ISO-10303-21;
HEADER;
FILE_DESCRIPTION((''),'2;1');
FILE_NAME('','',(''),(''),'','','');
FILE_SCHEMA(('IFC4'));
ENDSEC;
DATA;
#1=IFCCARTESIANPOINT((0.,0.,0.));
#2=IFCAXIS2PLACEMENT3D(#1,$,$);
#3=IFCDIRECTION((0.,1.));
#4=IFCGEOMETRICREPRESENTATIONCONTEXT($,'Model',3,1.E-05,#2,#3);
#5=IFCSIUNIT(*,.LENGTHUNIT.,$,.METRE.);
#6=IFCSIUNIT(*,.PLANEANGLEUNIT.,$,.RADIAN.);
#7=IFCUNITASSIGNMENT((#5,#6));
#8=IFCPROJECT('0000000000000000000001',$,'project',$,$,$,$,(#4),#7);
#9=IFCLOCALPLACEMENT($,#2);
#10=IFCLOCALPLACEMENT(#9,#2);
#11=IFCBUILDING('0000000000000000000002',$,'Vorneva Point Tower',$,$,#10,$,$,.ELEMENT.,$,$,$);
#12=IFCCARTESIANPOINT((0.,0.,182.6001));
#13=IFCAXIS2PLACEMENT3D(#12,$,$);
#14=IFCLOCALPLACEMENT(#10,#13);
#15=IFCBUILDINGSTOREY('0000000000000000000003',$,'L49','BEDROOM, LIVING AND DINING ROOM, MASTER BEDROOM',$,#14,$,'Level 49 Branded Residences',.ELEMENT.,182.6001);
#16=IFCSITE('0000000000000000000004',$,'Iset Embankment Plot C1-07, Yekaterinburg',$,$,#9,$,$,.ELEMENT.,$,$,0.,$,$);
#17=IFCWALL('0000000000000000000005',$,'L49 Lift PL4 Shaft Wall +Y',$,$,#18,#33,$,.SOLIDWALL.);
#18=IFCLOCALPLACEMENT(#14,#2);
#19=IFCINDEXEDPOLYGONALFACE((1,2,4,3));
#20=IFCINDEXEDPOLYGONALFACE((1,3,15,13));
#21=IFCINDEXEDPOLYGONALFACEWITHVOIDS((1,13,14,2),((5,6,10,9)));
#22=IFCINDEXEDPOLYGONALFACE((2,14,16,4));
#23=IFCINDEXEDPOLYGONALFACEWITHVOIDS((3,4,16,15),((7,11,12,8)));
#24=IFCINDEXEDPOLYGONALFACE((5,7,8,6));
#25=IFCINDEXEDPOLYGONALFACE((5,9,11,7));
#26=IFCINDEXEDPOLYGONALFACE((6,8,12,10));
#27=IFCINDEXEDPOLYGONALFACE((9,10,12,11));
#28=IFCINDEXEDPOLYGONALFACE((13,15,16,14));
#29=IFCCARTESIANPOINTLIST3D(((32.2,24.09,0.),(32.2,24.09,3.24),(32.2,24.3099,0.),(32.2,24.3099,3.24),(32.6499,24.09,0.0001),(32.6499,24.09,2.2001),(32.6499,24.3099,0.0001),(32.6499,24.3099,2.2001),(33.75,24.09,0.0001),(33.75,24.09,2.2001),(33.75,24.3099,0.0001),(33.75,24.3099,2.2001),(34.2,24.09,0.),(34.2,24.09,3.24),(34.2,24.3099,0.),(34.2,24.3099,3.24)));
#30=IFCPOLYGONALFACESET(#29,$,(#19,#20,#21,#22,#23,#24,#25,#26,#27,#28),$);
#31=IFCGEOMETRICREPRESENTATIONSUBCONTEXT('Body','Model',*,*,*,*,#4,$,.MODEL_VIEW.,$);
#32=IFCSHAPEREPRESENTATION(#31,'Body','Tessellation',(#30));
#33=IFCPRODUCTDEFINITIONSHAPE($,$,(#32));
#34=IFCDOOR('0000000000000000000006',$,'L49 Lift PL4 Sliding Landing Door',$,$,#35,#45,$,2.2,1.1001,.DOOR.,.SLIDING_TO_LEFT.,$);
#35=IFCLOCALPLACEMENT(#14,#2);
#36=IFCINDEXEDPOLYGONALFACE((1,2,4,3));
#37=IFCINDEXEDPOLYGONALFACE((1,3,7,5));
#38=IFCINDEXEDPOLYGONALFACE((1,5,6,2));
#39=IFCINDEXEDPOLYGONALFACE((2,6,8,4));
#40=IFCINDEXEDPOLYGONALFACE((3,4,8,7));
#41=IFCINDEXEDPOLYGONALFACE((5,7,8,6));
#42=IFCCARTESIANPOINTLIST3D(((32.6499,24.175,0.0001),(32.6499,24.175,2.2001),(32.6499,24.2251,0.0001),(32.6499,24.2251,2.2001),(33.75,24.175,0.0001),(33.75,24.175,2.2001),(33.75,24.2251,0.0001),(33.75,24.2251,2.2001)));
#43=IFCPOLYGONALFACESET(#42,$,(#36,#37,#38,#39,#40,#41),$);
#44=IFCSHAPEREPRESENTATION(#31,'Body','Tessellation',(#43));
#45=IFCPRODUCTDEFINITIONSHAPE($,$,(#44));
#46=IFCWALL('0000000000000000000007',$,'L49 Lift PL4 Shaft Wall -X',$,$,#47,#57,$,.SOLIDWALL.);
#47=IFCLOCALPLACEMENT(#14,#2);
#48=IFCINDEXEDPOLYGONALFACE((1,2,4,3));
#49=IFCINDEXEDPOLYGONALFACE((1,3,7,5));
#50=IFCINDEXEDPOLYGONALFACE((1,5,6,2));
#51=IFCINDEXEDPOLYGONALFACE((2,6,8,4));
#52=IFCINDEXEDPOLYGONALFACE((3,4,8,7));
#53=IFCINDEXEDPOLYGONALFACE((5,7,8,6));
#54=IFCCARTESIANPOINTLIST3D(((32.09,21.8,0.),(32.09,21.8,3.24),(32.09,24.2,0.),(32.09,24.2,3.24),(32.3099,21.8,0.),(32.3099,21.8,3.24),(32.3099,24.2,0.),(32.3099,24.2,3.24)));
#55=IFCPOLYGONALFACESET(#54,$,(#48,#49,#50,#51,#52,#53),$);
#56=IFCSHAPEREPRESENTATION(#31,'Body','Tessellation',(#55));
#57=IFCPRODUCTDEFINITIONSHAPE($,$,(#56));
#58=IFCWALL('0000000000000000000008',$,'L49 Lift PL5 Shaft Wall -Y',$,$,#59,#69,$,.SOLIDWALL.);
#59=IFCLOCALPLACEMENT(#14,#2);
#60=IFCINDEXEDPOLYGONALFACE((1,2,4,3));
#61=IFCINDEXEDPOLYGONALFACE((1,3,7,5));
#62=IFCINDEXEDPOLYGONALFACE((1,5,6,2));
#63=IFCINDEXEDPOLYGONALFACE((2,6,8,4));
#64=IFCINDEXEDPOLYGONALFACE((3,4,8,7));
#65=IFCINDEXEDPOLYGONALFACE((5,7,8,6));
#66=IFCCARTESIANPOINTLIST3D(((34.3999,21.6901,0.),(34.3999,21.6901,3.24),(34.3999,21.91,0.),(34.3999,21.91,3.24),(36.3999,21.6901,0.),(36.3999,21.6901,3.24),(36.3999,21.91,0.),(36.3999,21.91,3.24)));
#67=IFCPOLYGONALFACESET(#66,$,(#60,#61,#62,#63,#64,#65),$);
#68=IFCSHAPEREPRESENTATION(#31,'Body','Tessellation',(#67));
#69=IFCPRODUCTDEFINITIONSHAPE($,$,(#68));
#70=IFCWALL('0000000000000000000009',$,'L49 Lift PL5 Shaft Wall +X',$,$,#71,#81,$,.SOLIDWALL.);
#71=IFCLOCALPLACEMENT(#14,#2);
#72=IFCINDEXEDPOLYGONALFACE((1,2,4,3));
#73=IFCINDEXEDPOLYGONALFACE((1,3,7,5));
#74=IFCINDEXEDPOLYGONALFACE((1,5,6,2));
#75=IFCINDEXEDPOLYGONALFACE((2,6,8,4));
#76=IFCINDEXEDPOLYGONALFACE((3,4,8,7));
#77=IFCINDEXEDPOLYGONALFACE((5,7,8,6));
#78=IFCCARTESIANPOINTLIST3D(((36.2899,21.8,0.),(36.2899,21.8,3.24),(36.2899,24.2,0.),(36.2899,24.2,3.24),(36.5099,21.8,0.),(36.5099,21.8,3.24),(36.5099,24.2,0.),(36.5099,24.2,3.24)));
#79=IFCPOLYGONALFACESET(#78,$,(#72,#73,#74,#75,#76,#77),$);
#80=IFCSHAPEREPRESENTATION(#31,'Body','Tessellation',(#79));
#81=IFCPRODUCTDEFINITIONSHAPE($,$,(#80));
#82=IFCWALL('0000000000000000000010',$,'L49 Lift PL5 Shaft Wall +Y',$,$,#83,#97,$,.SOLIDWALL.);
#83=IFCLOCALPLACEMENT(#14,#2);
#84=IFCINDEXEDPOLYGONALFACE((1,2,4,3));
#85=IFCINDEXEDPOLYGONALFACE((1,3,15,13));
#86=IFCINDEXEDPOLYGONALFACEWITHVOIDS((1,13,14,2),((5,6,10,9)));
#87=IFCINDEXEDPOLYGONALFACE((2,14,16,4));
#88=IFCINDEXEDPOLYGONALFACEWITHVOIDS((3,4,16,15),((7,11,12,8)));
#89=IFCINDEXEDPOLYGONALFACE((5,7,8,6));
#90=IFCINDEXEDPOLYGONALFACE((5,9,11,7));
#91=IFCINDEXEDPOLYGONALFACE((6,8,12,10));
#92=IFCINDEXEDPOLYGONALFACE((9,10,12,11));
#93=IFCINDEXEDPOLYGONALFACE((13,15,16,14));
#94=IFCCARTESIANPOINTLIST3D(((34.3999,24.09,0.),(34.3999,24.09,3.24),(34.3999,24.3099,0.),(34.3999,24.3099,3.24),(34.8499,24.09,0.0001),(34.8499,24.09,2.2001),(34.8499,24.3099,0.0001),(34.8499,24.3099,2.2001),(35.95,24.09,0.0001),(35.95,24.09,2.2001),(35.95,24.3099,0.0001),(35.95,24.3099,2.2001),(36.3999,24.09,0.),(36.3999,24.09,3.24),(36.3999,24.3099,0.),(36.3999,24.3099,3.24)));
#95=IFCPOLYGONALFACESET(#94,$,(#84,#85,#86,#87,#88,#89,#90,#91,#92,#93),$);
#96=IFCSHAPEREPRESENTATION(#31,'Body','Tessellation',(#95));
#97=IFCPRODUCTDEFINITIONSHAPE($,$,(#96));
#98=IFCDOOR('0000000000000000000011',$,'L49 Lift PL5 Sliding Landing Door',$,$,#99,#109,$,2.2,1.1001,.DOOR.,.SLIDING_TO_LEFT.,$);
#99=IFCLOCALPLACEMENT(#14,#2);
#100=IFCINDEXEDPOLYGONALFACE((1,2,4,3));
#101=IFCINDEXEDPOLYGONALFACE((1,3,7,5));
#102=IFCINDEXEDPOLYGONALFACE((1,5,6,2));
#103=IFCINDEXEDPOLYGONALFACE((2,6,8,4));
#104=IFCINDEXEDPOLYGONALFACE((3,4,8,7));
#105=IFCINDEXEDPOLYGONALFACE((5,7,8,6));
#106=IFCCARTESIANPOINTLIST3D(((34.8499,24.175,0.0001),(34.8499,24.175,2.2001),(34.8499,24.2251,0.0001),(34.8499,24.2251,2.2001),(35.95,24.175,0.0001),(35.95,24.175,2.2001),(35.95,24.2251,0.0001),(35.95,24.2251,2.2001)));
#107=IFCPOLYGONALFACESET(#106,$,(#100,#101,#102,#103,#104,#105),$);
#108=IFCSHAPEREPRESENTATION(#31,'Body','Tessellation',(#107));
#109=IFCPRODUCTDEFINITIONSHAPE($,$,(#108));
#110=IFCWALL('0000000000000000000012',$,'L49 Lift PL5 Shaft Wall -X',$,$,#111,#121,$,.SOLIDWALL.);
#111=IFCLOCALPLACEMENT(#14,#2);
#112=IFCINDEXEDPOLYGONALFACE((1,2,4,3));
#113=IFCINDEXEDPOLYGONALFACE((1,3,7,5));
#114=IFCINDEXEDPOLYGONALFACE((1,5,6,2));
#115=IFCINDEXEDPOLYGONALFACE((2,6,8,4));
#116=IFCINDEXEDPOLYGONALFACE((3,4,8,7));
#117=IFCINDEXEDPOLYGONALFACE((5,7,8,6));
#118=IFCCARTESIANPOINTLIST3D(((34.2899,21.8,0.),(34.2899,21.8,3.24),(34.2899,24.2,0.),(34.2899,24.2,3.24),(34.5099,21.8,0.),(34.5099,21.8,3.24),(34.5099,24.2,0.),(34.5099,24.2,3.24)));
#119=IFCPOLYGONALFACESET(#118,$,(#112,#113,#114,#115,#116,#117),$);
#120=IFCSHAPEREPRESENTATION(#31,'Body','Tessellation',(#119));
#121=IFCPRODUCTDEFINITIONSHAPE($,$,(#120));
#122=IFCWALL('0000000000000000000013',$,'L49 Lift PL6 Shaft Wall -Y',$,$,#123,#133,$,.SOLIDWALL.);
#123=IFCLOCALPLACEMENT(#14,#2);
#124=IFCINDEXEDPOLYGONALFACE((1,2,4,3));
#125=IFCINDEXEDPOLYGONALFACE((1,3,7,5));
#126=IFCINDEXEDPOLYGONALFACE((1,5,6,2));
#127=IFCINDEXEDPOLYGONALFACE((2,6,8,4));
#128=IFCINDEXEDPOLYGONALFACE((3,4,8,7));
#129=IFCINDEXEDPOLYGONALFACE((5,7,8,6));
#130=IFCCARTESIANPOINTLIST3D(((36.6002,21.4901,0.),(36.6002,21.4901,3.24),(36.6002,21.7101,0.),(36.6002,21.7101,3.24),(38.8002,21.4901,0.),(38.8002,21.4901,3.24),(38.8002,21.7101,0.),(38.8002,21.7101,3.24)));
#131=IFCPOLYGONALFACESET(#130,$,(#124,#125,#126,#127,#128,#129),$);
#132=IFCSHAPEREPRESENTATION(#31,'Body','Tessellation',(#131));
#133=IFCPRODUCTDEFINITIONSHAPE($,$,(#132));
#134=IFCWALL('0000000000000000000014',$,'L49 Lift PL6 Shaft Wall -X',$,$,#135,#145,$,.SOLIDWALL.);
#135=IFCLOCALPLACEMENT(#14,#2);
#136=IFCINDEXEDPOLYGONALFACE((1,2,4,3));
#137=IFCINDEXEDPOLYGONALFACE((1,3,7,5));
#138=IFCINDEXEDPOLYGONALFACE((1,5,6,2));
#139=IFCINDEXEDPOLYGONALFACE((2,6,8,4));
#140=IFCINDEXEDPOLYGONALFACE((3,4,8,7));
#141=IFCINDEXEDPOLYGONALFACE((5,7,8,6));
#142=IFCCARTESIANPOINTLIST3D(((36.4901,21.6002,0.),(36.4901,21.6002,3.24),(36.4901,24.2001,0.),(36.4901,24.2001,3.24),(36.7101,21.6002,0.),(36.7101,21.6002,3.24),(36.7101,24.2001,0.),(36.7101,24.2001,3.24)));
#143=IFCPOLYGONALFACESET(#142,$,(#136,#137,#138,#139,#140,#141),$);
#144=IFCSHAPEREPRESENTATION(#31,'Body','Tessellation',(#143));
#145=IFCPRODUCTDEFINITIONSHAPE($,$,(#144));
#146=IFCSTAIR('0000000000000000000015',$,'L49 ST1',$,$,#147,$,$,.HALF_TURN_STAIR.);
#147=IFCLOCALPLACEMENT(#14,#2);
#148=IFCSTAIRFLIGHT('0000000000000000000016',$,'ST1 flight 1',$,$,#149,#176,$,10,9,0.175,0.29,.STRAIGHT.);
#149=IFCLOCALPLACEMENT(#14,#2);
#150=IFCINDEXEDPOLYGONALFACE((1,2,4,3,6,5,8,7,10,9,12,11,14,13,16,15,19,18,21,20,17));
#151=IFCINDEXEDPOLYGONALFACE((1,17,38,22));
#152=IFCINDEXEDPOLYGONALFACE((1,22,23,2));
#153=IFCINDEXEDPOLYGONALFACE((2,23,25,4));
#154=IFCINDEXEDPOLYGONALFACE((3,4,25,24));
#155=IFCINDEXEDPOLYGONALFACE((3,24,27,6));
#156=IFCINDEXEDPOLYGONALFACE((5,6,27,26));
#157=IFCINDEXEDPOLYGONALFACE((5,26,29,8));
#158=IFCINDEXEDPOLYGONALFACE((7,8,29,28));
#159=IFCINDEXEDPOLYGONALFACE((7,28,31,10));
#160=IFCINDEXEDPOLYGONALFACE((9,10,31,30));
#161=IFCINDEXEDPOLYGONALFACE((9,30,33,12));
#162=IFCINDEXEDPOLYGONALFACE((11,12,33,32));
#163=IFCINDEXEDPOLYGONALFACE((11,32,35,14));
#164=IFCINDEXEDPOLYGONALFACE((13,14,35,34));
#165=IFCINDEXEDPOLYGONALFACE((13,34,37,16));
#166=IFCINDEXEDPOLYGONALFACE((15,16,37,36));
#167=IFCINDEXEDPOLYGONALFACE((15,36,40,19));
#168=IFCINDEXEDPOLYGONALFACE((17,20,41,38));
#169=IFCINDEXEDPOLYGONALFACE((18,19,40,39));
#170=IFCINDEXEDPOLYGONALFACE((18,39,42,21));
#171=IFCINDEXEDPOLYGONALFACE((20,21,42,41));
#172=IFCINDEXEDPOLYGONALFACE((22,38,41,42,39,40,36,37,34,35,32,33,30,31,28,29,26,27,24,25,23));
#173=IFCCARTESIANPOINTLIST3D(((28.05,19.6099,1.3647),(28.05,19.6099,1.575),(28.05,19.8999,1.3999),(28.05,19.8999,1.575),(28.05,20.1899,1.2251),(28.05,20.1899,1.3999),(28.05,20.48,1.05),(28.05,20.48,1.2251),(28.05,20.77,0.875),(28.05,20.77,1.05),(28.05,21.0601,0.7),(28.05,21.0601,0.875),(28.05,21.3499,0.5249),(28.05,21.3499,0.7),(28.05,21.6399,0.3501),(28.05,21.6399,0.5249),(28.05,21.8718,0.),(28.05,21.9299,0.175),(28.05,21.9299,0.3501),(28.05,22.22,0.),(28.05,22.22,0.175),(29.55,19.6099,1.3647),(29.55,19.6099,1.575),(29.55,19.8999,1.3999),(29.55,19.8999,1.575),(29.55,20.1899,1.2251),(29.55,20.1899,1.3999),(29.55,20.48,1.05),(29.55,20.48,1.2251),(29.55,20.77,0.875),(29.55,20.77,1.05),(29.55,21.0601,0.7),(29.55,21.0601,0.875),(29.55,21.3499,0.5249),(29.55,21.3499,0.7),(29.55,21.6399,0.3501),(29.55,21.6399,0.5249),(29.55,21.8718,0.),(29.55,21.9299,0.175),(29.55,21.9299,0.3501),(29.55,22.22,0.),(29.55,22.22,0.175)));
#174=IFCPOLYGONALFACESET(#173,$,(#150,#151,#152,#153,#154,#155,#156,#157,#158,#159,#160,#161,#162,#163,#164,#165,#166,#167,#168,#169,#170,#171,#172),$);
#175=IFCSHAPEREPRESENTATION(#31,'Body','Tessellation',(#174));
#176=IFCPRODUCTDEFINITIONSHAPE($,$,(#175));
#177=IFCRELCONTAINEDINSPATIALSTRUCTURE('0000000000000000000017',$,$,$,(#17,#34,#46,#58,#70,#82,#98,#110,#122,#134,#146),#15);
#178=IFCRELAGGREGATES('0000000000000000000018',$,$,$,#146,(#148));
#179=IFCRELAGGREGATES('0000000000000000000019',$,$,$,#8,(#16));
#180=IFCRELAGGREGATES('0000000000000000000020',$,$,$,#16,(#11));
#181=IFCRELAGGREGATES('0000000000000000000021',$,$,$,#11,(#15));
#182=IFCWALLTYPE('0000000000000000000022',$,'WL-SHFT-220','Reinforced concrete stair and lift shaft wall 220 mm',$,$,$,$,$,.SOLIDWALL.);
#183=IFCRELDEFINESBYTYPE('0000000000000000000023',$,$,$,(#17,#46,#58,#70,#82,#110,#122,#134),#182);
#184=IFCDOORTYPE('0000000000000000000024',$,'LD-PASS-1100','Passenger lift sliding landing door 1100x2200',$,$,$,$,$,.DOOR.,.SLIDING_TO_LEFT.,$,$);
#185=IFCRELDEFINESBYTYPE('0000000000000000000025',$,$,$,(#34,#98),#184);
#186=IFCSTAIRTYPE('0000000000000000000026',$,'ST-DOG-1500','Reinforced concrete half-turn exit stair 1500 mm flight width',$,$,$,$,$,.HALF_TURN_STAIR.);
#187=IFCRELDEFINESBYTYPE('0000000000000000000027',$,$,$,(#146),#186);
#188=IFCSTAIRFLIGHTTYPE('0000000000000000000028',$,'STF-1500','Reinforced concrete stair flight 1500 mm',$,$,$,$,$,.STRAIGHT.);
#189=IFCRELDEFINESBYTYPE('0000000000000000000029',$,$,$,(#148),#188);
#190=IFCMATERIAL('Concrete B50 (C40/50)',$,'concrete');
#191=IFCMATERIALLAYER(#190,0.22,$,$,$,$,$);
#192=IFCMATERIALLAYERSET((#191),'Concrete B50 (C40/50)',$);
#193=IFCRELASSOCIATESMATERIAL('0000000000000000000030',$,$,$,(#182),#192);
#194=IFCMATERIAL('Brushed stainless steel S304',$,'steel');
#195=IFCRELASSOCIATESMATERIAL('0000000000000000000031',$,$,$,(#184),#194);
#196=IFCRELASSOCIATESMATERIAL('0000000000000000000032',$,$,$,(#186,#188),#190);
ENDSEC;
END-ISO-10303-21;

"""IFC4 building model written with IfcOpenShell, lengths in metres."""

from ifc_helpers import new_model, si_unit, direction, frame, frame_2d, origin, place, context, subcontext, project, spatial, polyline, rectangle, outline, extrude, material, layer, layer_set, type_object, element, fill, aggregate, save


model = new_model("IFC4")

# Units and contexts
model_context = context("Model", 3, precision=1e-05, world=origin(), true_north=direction((0.0, 1.0)))
body_context = subcontext(model_context, "Body", "Model", "MODEL_VIEW")
ifc_project = project(units=[si_unit("LENGTHUNIT", "METRE"), si_unit("PLANEANGLEUNIT", "RADIAN")], contexts=[model_context])

# Site, building, storey
site_placement = place(None, origin())
site = spatial("IfcSite", under=ifc_project, at=site_placement, Name="Iset Embankment Plot C1-07, Yekaterinburg", CompositionType="ELEMENT", RefElevation=0.0)
building_placement = place(site_placement, origin())
building = spatial("IfcBuilding", under=site, at=building_placement, Name="Vorneva Point Tower", CompositionType="ELEMENT")
storey_placement = place(building_placement, frame((0.0, 0.0, 182.6001)))
storey = spatial("IfcBuildingStorey", under=building, at=storey_placement, Name="L49", Description="BEDROOM, LIVING AND DINING ROOM, MASTER BEDROOM", LongName="Level 49 Branded Residences", CompositionType="ELEMENT", Elevation=182.6001)

# Shared definitions
ifc_material_1 = material(Name="Concrete B50 (C40/50)", Category="concrete")

# Shared definitions
ifc_layer_1 = layer(ifc_material_1, 0.22)
ifc_layer_set_1 = layer_set([ifc_layer_1], Name="Concrete B50 (C40/50)")
wall_type_1 = type_object("IfcWallType", Name="WL-SHFT-220", Description="Reinforced concrete stair and lift shaft wall 220 mm", PredefinedType="SOLIDWALL", material=ifc_layer_set_1)

# Wall, opening, door
wall_1_placement = place(storey_placement, frame((34.2, 24.2, 0.0), z_axis=(0.0, 0.0, 1.0), x_axis=(-1.0, 0.0, 0.0)))
wall_1 = element("IfcWall", 1, at=wall_1_placement, inside=storey, type_object=wall_type_1, Name="L49 Lift PL4 Shaft Wall +Y", PredefinedType="SOLIDWALL", context=body_context, shape_type="SweptSolid", body=[
    extrude(rectangle(XDim=2.0, YDim=0.22, at=frame_2d((1.0, 0.0))), origin(), (0.0, 0.0, 1.0), 3.24),
])
opening_1_placement = place(wall_1_placement, frame((0.45, 0.0, 0.0)))
opening_1 = element("IfcOpeningElement", 2, at=opening_1_placement, cuts=wall_1, PredefinedType="OPENING", context=body_context, shape_type="SweptSolid", body=[
    extrude(rectangle(XDim=1.1001, YDim=2.2, at=frame_2d((0.55, 1.1001))), frame((0.0, 0.125, 0.0), z_axis=(0.0, -1.0, 0.0), x_axis=(1.0, 0.0, 0.0)), (0.0, 0.0, 1.0), 0.2498),
])
ifc_material_2 = material(Name="Brushed stainless steel S304", Category="steel")
door_type_1 = type_object("IfcDoorType", Name="LD-PASS-1100", Description="Passenger lift sliding landing door 1100x2200", OperationType="SLIDING_TO_LEFT", PredefinedType="DOOR", material=ifc_material_2)
door_1_placement = place(opening_1_placement, origin())
door_1 = element("IfcDoor", 3, at=door_1_placement, inside=storey, type_object=door_type_1, Name="L49 Lift PL4 Sliding Landing Door", OperationType="SLIDING_TO_LEFT", OverallHeight=2.2, OverallWidth=1.1001, PredefinedType="DOOR", context=body_context, shape_type="SweptSolid", body=[
    extrude(rectangle(XDim=1.1001, YDim=2.2, at=frame_2d((0.55, 1.1001))), frame((0.0, 0.0249, 0.0), z_axis=(0.0, -1.0, 0.0), x_axis=(1.0, 0.0, 0.0)), (0.0, 0.0, 1.0), 0.05),
])
fill(opening_1, door_1)

# Walls
wall_2_placement = place(storey_placement, frame((32.2, 24.2, 0.0), z_axis=(0.0, 0.0, 1.0), x_axis=(0.0, -1.0, 0.0)))
element("IfcWall", 4, at=wall_2_placement, inside=storey, type_object=wall_type_1, Name="L49 Lift PL4 Shaft Wall -X", PredefinedType="SOLIDWALL", context=body_context, shape_type="SweptSolid", body=[
    extrude(rectangle(XDim=2.3999, YDim=0.22, at=frame_2d((1.2, 0.0))), origin(), (0.0, 0.0, 1.0), 3.24),
])
wall_3_placement = place(storey_placement, frame((34.3999, 21.8, 0.0), z_axis=(0.0, 0.0, 1.0), x_axis=(1.0, 0.0, 0.0)))
element("IfcWall", 5, at=wall_3_placement, inside=storey, type_object=wall_type_1, Name="L49 Lift PL5 Shaft Wall -Y", PredefinedType="SOLIDWALL", context=body_context, shape_type="SweptSolid", body=[
    extrude(rectangle(XDim=2.0, YDim=0.22, at=frame_2d((1.0, 0.0))), origin(), (0.0, 0.0, 1.0), 3.24),
])
wall_4_placement = place(storey_placement, frame((36.3999, 21.8, 0.0), z_axis=(0.0, 0.0, 1.0), x_axis=(0.0, 1.0, 0.0)))
element("IfcWall", 6, at=wall_4_placement, inside=storey, type_object=wall_type_1, Name="L49 Lift PL5 Shaft Wall +X", PredefinedType="SOLIDWALL", context=body_context, shape_type="SweptSolid", body=[
    extrude(rectangle(XDim=2.3999, YDim=0.22, at=frame_2d((1.2, 0.0))), origin(), (0.0, 0.0, 1.0), 3.24),
])

# Wall, opening, door
wall_5_placement = place(storey_placement, frame((36.3999, 24.2, 0.0), z_axis=(0.0, 0.0, 1.0), x_axis=(-1.0, 0.0, 0.0)))
wall_5 = element("IfcWall", 7, at=wall_5_placement, inside=storey, type_object=wall_type_1, Name="L49 Lift PL5 Shaft Wall +Y", PredefinedType="SOLIDWALL", context=body_context, shape_type="SweptSolid", body=[
    extrude(rectangle(XDim=2.0, YDim=0.22, at=frame_2d((1.0, 0.0))), origin(), (0.0, 0.0, 1.0), 3.24),
])
opening_2_placement = place(wall_5_placement, frame((0.45, 0.0, 0.0)))
opening_2 = element("IfcOpeningElement", 8, at=opening_2_placement, cuts=wall_5, PredefinedType="OPENING", context=body_context, shape_type="SweptSolid", body=[
    extrude(rectangle(XDim=1.1001, YDim=2.2, at=frame_2d((0.55, 1.1001))), frame((0.0, 0.125, 0.0), z_axis=(0.0, -1.0, 0.0), x_axis=(1.0, 0.0, 0.0)), (0.0, 0.0, 1.0), 0.2498),
])
door_2_placement = place(opening_2_placement, origin())
door_2 = element("IfcDoor", 9, at=door_2_placement, inside=storey, type_object=door_type_1, Name="L49 Lift PL5 Sliding Landing Door", OperationType="SLIDING_TO_LEFT", OverallHeight=2.2, OverallWidth=1.1001, PredefinedType="DOOR", context=body_context, shape_type="SweptSolid", body=[
    extrude(rectangle(XDim=1.1001, YDim=2.2, at=frame_2d((0.55, 1.1001))), frame((0.0, 0.0249, 0.0), z_axis=(0.0, -1.0, 0.0), x_axis=(1.0, 0.0, 0.0)), (0.0, 0.0, 1.0), 0.05),
])
fill(opening_2, door_2)

# Walls
wall_6_placement = place(storey_placement, frame((34.3999, 24.2, 0.0), z_axis=(0.0, 0.0, 1.0), x_axis=(0.0, -1.0, 0.0)))
element("IfcWall", 10, at=wall_6_placement, inside=storey, type_object=wall_type_1, Name="L49 Lift PL5 Shaft Wall -X", PredefinedType="SOLIDWALL", context=body_context, shape_type="SweptSolid", body=[
    extrude(rectangle(XDim=2.3999, YDim=0.22, at=frame_2d((1.2, 0.0))), origin(), (0.0, 0.0, 1.0), 3.24),
])
wall_7_placement = place(storey_placement, frame((36.6001, 21.6001, 0.0), z_axis=(0.0, 0.0, 1.0), x_axis=(1.0, 0.0, 0.0)))
element("IfcWall", 11, at=wall_7_placement, inside=storey, type_object=wall_type_1, Name="L49 Lift PL6 Shaft Wall -Y", PredefinedType="SOLIDWALL", context=body_context, shape_type="SweptSolid", body=[
    extrude(rectangle(XDim=2.2, YDim=0.22, at=frame_2d((1.1001, 0.0))), origin(), (0.0, 0.0, 1.0), 3.24),
])
wall_8_placement = place(storey_placement, frame((36.6001, 24.2, 0.0), z_axis=(0.0, 0.0, 1.0), x_axis=(0.0, -1.0, 0.0)))
element("IfcWall", 12, at=wall_8_placement, inside=storey, type_object=wall_type_1, Name="L49 Lift PL6 Shaft Wall -X", PredefinedType="SOLIDWALL", context=body_context, shape_type="SweptSolid", body=[
    extrude(rectangle(XDim=2.5999, YDim=0.22, at=frame_2d((1.2998, 0.0))), origin(), (0.0, 0.0, 1.0), 3.24),
])

# Stair, stair flight
stair_type = type_object("IfcStairType", Name="ST-DOG-1500", Description="Reinforced concrete half-turn exit stair 1500 mm flight width", PredefinedType="HALF_TURN_STAIR", material=ifc_material_1)
stair_placement = place(storey_placement, origin())
stair = element("IfcStair", 13, at=stair_placement, inside=storey, type_object=stair_type, Name="L49 ST1", PredefinedType="HALF_TURN_STAIR")
stair_flight_type = type_object("IfcStairFlightType", Name="STF-1500", Description="Reinforced concrete stair flight 1500 mm", PredefinedType="STRAIGHT", material=ifc_material_1)
stair_flight_1_placement = place(storey_placement, frame((28.8, 22.22, 0.0), z_axis=(0.0, 0.0, 1.0), x_axis=(0.0, -1.0, 0.0)))
stair_flight_1 = element("IfcStairFlight", 14, at=stair_flight_1_placement, type_object=stair_flight_type, Name="ST1 flight 1", NumberOfRisers=10, NumberOfTreads=9, PredefinedType="STRAIGHT", RiserHeight=0.175, TreadLength=0.29, context=body_context, shape_type="SweptSolid", body=[
    extrude(outline(polyline([(0.0, 0.0), (0.0, 0.175), (0.29, 0.175), (0.29, 0.3501), (0.5801, 0.3501), (0.5801, 0.5249), (0.8701, 0.5249), (0.8701, 0.7), (1.1599, 0.7), (1.1599, 0.875), (1.45, 0.875), (1.45, 1.05), (1.74, 1.05), (1.74, 1.2251), (2.03, 1.2251), (2.03, 1.3999), (2.3201, 1.3999), (2.3201, 1.575), (2.6101, 1.575), (2.6101, 1.75), (2.6101, 1.3647), (0.3481, 0.0), (0.0, 0.0)])), frame((0.0, 0.75, 0.0), z_axis=(0.0, -1.0, 0.0), x_axis=(1.0, 0.0, 0.0)), (0.0, 0.0, 1.0), 1.5),
])
aggregate(stair, [stair_flight_1])

save(model, "model.ifc")
